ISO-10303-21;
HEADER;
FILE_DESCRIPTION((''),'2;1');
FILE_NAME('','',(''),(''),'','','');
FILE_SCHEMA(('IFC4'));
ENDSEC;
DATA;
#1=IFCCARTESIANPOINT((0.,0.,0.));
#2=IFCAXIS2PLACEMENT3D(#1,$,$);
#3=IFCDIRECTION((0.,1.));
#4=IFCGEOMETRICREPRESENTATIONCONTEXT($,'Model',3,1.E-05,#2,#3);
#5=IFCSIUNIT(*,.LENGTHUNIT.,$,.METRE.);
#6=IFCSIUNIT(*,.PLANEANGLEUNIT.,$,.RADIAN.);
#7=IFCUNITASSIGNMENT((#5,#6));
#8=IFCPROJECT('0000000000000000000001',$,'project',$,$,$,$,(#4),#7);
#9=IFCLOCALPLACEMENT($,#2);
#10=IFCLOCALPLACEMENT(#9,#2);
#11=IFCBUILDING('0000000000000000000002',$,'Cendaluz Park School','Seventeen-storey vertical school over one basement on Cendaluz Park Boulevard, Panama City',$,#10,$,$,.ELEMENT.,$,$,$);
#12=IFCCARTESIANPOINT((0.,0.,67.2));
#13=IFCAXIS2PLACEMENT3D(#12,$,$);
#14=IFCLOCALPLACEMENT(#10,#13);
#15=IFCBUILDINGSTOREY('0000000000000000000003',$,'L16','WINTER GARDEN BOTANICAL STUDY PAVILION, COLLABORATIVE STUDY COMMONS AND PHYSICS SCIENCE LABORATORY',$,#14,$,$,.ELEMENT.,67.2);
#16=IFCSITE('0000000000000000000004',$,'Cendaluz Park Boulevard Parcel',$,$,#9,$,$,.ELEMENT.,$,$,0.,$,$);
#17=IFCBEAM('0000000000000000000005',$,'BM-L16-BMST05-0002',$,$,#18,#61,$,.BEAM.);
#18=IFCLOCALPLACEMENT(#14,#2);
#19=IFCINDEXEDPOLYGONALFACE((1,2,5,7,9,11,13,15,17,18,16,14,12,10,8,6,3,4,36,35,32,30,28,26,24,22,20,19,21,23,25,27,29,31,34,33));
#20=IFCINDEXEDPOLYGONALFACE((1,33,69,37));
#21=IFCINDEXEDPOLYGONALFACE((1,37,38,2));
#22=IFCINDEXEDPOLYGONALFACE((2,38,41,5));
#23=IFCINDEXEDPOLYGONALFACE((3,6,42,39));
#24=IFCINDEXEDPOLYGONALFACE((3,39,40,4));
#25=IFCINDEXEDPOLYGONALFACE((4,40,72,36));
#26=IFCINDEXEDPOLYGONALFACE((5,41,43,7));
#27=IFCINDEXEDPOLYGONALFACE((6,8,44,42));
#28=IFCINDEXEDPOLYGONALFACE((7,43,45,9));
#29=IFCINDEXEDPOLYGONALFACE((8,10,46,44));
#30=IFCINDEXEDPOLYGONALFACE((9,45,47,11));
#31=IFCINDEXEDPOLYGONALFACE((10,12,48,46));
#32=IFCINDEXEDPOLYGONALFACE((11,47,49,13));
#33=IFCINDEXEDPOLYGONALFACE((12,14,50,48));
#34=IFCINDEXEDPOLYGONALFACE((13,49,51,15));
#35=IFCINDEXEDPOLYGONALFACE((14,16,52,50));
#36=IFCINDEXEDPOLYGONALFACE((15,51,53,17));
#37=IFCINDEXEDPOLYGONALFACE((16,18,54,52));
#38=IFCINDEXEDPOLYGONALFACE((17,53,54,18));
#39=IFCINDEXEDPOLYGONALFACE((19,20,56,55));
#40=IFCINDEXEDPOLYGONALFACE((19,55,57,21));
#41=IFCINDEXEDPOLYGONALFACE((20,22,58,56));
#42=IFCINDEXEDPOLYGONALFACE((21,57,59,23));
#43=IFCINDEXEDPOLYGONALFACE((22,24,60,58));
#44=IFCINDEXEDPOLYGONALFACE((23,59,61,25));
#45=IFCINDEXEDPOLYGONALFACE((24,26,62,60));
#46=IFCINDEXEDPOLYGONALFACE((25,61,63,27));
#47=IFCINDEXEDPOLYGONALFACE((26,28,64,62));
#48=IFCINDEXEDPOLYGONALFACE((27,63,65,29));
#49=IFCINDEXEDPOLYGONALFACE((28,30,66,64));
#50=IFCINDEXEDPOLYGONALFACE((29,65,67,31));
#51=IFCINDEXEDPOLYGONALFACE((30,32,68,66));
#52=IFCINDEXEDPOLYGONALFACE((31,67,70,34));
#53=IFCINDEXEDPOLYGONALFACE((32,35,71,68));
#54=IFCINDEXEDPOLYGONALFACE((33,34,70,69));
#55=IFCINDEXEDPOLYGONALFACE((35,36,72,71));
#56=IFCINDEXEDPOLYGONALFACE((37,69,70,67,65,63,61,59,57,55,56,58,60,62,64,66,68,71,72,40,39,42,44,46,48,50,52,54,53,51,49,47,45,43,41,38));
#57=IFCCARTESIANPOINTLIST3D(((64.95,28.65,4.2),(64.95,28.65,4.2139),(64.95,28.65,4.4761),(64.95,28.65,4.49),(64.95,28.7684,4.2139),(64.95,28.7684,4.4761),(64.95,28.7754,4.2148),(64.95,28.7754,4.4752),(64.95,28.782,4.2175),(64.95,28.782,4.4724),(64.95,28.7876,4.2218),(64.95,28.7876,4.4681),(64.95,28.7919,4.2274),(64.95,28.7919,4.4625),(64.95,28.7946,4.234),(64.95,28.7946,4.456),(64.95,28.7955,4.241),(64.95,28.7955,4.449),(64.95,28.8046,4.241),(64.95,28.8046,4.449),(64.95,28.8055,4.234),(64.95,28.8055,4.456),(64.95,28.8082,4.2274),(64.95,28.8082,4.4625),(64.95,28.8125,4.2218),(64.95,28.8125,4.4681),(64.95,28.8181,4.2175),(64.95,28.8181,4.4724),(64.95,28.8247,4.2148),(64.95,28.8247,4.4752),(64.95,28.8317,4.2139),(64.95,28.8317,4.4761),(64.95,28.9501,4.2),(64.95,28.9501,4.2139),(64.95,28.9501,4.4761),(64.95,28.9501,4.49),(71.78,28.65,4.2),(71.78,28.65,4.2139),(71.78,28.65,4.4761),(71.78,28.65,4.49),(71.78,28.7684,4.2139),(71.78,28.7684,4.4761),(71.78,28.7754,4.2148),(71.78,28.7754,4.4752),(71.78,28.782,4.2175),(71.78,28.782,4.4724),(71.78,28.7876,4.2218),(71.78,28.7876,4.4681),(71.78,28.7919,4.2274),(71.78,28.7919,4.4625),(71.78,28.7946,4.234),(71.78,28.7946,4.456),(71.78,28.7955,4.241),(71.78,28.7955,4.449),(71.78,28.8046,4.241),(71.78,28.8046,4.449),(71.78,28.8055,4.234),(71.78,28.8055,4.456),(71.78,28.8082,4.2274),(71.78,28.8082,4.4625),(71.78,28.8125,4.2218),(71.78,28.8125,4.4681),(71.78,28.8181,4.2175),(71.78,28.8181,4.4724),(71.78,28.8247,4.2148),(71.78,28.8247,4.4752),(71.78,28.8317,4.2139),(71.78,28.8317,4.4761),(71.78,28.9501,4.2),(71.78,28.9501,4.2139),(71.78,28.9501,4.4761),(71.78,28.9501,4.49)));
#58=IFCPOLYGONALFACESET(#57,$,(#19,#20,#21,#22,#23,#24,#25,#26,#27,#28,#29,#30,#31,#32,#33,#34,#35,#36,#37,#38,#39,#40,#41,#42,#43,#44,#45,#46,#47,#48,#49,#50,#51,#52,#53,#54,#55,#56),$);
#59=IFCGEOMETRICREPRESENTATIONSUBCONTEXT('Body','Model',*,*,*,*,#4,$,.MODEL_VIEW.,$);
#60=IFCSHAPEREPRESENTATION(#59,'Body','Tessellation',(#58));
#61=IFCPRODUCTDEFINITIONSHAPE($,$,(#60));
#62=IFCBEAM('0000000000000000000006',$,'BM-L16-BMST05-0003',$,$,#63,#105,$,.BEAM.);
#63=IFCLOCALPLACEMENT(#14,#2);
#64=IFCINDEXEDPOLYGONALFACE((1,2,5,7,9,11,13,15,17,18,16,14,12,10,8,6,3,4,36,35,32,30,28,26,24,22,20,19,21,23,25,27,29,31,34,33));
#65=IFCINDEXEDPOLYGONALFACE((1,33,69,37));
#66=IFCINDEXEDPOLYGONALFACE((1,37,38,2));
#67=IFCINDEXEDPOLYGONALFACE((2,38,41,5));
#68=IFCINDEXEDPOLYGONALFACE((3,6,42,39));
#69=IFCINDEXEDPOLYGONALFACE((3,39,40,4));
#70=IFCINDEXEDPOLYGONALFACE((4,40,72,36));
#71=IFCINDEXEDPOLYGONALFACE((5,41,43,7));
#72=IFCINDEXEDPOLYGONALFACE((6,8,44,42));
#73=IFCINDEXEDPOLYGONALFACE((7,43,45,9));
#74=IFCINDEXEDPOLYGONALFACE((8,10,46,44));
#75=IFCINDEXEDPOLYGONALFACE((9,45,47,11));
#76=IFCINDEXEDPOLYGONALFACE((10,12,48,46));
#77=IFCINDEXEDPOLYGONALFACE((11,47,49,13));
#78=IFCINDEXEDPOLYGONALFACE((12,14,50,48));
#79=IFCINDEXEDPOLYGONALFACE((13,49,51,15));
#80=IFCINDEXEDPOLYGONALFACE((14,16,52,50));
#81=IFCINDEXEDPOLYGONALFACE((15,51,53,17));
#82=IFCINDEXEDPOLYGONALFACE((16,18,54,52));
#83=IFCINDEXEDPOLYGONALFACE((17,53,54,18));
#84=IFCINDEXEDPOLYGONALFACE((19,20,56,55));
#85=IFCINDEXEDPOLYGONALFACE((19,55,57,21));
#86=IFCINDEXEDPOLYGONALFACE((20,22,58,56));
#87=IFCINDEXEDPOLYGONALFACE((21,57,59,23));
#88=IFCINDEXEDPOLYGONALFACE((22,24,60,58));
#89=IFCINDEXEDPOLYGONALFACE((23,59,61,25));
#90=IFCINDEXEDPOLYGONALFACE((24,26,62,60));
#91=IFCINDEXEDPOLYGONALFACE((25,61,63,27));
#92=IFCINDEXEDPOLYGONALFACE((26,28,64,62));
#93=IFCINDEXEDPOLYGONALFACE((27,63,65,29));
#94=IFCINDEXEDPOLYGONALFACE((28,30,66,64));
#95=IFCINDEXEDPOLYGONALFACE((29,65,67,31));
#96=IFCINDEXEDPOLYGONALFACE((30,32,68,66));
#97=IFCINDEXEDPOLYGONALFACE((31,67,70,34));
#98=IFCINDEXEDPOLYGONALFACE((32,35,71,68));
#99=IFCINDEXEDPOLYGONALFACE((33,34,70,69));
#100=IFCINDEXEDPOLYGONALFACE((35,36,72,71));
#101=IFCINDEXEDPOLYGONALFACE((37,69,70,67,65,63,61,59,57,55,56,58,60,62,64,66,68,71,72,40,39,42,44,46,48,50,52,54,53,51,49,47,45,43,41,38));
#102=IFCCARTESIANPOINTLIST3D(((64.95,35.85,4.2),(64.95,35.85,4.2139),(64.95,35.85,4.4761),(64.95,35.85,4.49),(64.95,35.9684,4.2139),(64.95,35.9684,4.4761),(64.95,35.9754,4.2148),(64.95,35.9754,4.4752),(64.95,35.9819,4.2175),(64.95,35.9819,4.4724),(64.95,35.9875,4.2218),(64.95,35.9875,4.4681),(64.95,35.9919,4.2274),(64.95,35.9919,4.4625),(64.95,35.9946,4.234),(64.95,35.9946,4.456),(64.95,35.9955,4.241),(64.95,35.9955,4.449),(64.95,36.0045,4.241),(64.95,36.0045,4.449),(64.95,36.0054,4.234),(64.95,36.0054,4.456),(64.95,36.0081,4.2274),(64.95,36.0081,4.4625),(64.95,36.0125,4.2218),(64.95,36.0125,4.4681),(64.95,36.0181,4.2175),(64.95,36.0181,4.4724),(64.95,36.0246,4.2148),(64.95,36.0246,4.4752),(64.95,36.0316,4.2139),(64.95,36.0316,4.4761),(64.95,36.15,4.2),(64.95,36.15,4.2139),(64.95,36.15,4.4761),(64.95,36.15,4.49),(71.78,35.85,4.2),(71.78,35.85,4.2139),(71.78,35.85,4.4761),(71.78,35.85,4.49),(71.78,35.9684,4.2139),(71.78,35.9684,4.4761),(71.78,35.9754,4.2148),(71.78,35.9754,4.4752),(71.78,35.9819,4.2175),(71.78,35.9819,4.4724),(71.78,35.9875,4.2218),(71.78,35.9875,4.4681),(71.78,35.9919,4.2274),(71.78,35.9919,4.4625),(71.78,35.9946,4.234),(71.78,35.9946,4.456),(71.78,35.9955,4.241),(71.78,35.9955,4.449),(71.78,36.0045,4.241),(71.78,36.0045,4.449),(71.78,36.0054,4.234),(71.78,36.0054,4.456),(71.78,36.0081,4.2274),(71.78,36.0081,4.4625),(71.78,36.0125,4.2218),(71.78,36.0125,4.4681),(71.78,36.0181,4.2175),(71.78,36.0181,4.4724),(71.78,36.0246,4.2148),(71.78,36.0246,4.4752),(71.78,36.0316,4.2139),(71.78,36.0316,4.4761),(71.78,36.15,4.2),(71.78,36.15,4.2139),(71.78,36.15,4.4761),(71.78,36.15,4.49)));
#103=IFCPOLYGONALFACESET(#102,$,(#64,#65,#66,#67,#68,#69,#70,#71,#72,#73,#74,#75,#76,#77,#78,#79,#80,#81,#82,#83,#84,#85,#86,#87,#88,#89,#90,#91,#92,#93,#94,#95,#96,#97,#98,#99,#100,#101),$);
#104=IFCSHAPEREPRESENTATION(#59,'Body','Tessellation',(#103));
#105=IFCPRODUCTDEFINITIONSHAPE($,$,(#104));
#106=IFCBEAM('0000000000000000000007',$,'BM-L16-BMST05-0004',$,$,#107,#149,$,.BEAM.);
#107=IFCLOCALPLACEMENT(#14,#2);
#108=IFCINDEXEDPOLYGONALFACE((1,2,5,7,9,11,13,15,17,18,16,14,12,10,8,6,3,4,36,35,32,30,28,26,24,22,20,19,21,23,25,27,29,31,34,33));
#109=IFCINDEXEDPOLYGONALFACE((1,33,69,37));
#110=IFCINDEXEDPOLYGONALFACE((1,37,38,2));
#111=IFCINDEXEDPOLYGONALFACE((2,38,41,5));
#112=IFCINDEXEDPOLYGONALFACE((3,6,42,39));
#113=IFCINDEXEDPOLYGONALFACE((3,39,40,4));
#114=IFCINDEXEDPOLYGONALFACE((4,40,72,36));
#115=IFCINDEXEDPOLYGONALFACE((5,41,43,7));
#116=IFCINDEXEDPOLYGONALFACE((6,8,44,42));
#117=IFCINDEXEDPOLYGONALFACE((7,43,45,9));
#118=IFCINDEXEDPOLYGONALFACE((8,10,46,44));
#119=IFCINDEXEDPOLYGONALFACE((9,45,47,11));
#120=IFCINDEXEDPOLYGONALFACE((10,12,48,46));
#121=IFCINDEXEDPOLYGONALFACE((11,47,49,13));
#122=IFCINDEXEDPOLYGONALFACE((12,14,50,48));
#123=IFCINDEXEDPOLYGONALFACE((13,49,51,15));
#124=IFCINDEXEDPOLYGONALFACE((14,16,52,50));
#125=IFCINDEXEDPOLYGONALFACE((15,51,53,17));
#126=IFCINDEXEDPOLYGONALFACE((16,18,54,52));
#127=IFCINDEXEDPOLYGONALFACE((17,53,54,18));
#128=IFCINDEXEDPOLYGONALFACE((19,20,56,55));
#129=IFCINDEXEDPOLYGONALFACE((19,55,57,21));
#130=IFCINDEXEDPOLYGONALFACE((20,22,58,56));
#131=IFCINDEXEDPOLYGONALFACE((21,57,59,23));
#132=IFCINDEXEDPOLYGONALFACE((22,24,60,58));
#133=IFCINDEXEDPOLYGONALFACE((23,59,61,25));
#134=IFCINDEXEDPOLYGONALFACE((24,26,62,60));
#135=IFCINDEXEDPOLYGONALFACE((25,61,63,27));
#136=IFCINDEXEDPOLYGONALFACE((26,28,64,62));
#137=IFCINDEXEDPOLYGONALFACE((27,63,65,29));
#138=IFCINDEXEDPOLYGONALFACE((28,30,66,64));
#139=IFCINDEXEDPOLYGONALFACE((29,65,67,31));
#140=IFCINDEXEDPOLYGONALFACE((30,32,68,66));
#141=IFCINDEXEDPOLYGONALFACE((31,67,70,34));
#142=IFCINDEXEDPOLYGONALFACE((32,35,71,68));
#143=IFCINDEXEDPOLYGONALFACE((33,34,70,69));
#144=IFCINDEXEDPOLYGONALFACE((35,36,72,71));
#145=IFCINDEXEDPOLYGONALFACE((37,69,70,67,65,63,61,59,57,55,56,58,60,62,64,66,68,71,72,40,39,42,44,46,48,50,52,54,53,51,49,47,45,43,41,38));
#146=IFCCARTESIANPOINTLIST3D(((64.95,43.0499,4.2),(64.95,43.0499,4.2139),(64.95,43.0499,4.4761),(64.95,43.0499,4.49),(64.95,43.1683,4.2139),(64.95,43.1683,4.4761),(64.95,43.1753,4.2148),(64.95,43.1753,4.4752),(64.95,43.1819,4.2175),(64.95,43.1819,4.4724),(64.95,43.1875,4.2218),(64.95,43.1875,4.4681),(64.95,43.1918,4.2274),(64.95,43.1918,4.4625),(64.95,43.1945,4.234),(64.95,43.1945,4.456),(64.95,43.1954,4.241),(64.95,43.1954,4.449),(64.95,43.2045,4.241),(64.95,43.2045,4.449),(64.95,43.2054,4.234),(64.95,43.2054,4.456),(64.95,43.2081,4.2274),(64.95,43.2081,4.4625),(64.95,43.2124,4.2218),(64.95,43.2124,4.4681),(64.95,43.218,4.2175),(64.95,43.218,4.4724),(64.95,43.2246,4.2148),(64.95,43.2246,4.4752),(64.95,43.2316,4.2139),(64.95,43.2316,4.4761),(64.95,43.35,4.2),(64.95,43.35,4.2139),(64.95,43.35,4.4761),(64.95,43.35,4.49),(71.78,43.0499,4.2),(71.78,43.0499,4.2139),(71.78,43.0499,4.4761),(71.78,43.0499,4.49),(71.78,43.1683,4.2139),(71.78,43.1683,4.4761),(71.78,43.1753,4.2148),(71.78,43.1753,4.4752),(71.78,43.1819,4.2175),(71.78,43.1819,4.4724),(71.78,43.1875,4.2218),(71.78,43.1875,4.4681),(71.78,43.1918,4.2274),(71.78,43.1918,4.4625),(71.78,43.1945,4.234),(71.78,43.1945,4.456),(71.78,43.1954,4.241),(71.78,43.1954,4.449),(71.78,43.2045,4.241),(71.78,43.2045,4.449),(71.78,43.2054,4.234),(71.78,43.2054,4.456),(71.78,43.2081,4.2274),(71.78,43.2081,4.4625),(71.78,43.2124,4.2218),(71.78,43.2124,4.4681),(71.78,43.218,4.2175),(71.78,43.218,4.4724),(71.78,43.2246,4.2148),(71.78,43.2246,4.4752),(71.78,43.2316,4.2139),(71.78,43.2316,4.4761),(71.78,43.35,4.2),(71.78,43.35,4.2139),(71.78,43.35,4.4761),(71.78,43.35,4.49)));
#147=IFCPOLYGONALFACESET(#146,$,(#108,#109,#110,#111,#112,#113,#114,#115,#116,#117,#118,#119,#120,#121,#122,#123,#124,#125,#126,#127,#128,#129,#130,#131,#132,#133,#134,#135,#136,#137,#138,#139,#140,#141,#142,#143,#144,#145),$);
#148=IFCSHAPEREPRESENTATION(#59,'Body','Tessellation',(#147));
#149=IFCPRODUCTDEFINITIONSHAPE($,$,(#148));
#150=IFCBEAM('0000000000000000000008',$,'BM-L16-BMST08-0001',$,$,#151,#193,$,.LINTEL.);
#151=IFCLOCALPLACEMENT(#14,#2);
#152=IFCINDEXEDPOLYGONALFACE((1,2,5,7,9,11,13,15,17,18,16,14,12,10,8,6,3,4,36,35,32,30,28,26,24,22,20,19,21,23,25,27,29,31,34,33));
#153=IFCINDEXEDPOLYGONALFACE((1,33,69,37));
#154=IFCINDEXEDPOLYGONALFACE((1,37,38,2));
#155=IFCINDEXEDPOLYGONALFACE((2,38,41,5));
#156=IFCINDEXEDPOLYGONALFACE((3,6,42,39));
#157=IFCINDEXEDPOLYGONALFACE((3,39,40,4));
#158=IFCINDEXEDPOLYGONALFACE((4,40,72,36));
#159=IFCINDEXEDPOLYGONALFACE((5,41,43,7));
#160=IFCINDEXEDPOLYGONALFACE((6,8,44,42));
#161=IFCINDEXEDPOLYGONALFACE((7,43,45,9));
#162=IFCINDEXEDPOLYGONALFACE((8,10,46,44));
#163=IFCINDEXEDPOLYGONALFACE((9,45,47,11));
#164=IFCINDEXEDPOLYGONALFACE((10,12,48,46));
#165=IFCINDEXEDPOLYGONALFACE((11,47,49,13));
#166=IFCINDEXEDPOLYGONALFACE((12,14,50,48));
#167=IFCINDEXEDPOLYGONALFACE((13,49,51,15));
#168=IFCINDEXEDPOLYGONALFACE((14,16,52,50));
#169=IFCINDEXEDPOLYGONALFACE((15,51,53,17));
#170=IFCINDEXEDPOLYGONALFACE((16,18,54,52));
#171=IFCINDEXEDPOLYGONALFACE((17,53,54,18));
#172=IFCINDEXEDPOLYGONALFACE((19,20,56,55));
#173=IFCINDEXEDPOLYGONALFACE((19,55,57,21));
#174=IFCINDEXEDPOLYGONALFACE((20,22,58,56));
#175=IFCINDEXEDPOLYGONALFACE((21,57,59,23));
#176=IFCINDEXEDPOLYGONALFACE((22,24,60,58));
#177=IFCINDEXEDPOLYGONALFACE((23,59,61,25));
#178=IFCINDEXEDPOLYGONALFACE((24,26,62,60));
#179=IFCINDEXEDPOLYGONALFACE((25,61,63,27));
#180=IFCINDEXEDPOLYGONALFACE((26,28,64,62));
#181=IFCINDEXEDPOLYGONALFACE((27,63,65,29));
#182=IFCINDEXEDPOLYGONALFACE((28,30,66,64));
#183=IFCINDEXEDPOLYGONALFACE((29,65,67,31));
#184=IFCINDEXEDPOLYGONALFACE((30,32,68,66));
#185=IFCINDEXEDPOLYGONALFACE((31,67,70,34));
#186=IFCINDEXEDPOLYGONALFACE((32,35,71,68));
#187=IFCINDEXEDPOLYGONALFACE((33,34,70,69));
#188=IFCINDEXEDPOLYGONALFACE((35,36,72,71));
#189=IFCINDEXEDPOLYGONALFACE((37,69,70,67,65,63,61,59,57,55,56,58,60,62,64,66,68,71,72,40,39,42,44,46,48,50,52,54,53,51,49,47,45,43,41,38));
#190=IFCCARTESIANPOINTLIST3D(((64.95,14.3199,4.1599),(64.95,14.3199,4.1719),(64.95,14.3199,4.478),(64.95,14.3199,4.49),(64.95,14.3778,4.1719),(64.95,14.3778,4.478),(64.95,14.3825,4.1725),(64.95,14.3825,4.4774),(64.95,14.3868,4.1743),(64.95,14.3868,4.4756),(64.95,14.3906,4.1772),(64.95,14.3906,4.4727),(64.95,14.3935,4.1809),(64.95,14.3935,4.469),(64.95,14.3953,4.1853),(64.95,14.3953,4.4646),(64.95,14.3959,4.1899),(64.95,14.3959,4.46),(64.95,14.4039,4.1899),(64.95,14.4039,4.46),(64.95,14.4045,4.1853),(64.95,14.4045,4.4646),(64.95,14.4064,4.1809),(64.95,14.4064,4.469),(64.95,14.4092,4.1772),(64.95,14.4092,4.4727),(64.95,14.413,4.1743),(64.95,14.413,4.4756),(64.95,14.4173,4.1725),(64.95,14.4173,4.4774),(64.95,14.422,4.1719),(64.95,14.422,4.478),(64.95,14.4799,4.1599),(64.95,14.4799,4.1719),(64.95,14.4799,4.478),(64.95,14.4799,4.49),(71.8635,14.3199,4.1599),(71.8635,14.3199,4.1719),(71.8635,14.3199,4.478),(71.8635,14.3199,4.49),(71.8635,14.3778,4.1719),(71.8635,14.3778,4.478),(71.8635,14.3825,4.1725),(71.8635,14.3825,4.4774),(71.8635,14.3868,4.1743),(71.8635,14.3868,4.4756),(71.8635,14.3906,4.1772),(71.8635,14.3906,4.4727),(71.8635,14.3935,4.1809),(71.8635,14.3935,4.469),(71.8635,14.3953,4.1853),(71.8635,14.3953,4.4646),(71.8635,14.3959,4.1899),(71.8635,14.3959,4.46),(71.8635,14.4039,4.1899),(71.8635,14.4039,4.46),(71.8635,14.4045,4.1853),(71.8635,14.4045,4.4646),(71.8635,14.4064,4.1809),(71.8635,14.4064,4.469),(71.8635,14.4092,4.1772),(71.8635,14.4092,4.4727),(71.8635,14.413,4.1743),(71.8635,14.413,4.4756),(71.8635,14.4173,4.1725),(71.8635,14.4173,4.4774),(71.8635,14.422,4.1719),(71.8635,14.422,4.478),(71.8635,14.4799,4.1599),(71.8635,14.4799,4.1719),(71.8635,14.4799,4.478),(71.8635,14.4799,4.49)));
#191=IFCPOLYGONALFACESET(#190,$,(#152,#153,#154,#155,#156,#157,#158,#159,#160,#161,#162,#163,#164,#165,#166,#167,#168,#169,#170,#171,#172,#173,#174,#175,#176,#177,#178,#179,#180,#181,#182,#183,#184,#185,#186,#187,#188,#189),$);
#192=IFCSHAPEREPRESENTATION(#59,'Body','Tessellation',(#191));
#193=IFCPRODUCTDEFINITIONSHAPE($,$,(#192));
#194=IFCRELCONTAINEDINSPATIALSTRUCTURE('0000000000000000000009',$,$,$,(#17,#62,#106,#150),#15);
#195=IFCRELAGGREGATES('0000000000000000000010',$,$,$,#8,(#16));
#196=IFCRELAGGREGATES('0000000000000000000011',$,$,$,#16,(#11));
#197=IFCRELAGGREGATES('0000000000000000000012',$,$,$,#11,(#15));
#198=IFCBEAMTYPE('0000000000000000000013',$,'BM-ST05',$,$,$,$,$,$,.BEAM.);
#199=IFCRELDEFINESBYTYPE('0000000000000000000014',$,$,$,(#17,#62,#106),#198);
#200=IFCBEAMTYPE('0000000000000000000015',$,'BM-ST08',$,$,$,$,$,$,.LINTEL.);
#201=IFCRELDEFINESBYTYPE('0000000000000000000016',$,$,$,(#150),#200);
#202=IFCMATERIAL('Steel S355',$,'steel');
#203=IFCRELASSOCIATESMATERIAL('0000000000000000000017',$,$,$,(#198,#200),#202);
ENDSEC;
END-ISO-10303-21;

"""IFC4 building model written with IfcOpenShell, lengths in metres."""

from ifc_helpers import new_model, si_unit, direction, frame, origin, origin_2d, place, context, subcontext, project, spatial, i_section, extrude, material, material_profile, profile_set, type_object, element, save


model = new_model("IFC4")

# Units and contexts
model_context = context("Model", 3, precision=1e-05, world=origin(), true_north=direction((0.0, 1.0)))
body_context = subcontext(model_context, "Body", "Model", "MODEL_VIEW")
ifc_project = project(units=[si_unit("LENGTHUNIT", "METRE"), si_unit("PLANEANGLEUNIT", "RADIAN")], contexts=[model_context])

# Site, building, storey
site_placement = place(None, origin())
site = spatial("IfcSite", under=ifc_project, at=site_placement, Name="Cendaluz Park Boulevard Parcel", CompositionType="ELEMENT", RefElevation=0.0)
building_placement = place(site_placement, origin())
building = spatial("IfcBuilding", under=site, at=building_placement, Name="Cendaluz Park School", Description="Seventeen-storey vertical school over one basement on Cendaluz Park Boulevard, Panama City", CompositionType="ELEMENT")
storey_placement = place(building_placement, frame((0.0, 0.0, 67.2)))
storey = spatial("IfcBuildingStorey", under=building, at=storey_placement, Name="L16", Description="WINTER GARDEN BOTANICAL STUDY PAVILION, COLLABORATIVE STUDY COMMONS AND PHYSICS SCIENCE LABORATORY", CompositionType="ELEMENT", Elevation=67.2)

# Beams
ifc_material_1 = material(Name="Steel S355", Category="steel")
ifc_material_profile_1 = material_profile(ifc_material_1, i_section(OverallWidth=0.3, OverallDepth=0.29, WebThickness=0.009, FlangeThickness=0.0139, FilletRadius=0.0271, at=origin_2d()), Name="HEA 300", Category="steel")
ifc_profile_set_1 = profile_set([ifc_material_profile_1], Name="Steel S355")
beam_type_1 = type_object("IfcBeamType", Name="BM-ST05", PredefinedType="BEAM", material=ifc_profile_set_1)
for number, where, z_axis, x_axis, name in (
    (1, (64.95, 28.8, 4.345), (1.0, 0.0, 0.0), (0.0, 1.0, 0.0), "BM-L16-BMST05-0002"),
    (2, (64.95, 36.0, 4.345), (1.0, 0.0, 0.0), (0.0, 1.0, 0.0), "BM-L16-BMST05-0003"),
    (3, (64.95, 43.2, 4.345), (1.0, 0.0, 0.0), (0.0, 1.0, 0.0), "BM-L16-BMST05-0004"),
):
    element("IfcBeam", number, at=place(storey_placement, frame(where, z_axis=z_axis, x_axis=x_axis)), inside=storey, type_object=beam_type_1, Name=name, PredefinedType="BEAM", context=body_context, shape_type="SweptSolid", body=[
        extrude(i_section(OverallWidth=0.3, OverallDepth=0.29, WebThickness=0.009, FlangeThickness=0.0139, FilletRadius=0.0271, at=origin_2d()), origin(), (0.0, 0.0, 1.0), 6.8301),
    ])
ifc_material_profile_2 = material_profile(ifc_material_1, i_section(OverallWidth=0.1599, OverallDepth=0.3301, WebThickness=0.0081, FlangeThickness=0.012, FilletRadius=0.0181, at=origin_2d()), Name="IPE 330", Category="steel")
ifc_profile_set_2 = profile_set([ifc_material_profile_2], Name="Steel S355")
beam_type_2 = type_object("IfcBeamType", Name="BM-ST08", PredefinedType="LINTEL", material=ifc_profile_set_2)
for number, where, z_axis, x_axis, name in (
    (4, (64.95, 14.3999, 4.325), (1.0, 0.0, 0.0), (0.0, 1.0, 0.0), "BM-L16-BMST08-0001"),
):
    element("IfcBeam", number, at=place(storey_placement, frame(where, z_axis=z_axis, x_axis=x_axis)), inside=storey, type_object=beam_type_2, Name=name, PredefinedType="LINTEL", context=body_context, shape_type="SweptSolid", body=[
        extrude(i_section(OverallWidth=0.1599, OverallDepth=0.3301, WebThickness=0.0081, FlangeThickness=0.012, FilletRadius=0.0181, at=origin_2d()), origin(), (0.0, 0.0, 1.0), 6.9136),
    ])

save(model, "model.ifc")
